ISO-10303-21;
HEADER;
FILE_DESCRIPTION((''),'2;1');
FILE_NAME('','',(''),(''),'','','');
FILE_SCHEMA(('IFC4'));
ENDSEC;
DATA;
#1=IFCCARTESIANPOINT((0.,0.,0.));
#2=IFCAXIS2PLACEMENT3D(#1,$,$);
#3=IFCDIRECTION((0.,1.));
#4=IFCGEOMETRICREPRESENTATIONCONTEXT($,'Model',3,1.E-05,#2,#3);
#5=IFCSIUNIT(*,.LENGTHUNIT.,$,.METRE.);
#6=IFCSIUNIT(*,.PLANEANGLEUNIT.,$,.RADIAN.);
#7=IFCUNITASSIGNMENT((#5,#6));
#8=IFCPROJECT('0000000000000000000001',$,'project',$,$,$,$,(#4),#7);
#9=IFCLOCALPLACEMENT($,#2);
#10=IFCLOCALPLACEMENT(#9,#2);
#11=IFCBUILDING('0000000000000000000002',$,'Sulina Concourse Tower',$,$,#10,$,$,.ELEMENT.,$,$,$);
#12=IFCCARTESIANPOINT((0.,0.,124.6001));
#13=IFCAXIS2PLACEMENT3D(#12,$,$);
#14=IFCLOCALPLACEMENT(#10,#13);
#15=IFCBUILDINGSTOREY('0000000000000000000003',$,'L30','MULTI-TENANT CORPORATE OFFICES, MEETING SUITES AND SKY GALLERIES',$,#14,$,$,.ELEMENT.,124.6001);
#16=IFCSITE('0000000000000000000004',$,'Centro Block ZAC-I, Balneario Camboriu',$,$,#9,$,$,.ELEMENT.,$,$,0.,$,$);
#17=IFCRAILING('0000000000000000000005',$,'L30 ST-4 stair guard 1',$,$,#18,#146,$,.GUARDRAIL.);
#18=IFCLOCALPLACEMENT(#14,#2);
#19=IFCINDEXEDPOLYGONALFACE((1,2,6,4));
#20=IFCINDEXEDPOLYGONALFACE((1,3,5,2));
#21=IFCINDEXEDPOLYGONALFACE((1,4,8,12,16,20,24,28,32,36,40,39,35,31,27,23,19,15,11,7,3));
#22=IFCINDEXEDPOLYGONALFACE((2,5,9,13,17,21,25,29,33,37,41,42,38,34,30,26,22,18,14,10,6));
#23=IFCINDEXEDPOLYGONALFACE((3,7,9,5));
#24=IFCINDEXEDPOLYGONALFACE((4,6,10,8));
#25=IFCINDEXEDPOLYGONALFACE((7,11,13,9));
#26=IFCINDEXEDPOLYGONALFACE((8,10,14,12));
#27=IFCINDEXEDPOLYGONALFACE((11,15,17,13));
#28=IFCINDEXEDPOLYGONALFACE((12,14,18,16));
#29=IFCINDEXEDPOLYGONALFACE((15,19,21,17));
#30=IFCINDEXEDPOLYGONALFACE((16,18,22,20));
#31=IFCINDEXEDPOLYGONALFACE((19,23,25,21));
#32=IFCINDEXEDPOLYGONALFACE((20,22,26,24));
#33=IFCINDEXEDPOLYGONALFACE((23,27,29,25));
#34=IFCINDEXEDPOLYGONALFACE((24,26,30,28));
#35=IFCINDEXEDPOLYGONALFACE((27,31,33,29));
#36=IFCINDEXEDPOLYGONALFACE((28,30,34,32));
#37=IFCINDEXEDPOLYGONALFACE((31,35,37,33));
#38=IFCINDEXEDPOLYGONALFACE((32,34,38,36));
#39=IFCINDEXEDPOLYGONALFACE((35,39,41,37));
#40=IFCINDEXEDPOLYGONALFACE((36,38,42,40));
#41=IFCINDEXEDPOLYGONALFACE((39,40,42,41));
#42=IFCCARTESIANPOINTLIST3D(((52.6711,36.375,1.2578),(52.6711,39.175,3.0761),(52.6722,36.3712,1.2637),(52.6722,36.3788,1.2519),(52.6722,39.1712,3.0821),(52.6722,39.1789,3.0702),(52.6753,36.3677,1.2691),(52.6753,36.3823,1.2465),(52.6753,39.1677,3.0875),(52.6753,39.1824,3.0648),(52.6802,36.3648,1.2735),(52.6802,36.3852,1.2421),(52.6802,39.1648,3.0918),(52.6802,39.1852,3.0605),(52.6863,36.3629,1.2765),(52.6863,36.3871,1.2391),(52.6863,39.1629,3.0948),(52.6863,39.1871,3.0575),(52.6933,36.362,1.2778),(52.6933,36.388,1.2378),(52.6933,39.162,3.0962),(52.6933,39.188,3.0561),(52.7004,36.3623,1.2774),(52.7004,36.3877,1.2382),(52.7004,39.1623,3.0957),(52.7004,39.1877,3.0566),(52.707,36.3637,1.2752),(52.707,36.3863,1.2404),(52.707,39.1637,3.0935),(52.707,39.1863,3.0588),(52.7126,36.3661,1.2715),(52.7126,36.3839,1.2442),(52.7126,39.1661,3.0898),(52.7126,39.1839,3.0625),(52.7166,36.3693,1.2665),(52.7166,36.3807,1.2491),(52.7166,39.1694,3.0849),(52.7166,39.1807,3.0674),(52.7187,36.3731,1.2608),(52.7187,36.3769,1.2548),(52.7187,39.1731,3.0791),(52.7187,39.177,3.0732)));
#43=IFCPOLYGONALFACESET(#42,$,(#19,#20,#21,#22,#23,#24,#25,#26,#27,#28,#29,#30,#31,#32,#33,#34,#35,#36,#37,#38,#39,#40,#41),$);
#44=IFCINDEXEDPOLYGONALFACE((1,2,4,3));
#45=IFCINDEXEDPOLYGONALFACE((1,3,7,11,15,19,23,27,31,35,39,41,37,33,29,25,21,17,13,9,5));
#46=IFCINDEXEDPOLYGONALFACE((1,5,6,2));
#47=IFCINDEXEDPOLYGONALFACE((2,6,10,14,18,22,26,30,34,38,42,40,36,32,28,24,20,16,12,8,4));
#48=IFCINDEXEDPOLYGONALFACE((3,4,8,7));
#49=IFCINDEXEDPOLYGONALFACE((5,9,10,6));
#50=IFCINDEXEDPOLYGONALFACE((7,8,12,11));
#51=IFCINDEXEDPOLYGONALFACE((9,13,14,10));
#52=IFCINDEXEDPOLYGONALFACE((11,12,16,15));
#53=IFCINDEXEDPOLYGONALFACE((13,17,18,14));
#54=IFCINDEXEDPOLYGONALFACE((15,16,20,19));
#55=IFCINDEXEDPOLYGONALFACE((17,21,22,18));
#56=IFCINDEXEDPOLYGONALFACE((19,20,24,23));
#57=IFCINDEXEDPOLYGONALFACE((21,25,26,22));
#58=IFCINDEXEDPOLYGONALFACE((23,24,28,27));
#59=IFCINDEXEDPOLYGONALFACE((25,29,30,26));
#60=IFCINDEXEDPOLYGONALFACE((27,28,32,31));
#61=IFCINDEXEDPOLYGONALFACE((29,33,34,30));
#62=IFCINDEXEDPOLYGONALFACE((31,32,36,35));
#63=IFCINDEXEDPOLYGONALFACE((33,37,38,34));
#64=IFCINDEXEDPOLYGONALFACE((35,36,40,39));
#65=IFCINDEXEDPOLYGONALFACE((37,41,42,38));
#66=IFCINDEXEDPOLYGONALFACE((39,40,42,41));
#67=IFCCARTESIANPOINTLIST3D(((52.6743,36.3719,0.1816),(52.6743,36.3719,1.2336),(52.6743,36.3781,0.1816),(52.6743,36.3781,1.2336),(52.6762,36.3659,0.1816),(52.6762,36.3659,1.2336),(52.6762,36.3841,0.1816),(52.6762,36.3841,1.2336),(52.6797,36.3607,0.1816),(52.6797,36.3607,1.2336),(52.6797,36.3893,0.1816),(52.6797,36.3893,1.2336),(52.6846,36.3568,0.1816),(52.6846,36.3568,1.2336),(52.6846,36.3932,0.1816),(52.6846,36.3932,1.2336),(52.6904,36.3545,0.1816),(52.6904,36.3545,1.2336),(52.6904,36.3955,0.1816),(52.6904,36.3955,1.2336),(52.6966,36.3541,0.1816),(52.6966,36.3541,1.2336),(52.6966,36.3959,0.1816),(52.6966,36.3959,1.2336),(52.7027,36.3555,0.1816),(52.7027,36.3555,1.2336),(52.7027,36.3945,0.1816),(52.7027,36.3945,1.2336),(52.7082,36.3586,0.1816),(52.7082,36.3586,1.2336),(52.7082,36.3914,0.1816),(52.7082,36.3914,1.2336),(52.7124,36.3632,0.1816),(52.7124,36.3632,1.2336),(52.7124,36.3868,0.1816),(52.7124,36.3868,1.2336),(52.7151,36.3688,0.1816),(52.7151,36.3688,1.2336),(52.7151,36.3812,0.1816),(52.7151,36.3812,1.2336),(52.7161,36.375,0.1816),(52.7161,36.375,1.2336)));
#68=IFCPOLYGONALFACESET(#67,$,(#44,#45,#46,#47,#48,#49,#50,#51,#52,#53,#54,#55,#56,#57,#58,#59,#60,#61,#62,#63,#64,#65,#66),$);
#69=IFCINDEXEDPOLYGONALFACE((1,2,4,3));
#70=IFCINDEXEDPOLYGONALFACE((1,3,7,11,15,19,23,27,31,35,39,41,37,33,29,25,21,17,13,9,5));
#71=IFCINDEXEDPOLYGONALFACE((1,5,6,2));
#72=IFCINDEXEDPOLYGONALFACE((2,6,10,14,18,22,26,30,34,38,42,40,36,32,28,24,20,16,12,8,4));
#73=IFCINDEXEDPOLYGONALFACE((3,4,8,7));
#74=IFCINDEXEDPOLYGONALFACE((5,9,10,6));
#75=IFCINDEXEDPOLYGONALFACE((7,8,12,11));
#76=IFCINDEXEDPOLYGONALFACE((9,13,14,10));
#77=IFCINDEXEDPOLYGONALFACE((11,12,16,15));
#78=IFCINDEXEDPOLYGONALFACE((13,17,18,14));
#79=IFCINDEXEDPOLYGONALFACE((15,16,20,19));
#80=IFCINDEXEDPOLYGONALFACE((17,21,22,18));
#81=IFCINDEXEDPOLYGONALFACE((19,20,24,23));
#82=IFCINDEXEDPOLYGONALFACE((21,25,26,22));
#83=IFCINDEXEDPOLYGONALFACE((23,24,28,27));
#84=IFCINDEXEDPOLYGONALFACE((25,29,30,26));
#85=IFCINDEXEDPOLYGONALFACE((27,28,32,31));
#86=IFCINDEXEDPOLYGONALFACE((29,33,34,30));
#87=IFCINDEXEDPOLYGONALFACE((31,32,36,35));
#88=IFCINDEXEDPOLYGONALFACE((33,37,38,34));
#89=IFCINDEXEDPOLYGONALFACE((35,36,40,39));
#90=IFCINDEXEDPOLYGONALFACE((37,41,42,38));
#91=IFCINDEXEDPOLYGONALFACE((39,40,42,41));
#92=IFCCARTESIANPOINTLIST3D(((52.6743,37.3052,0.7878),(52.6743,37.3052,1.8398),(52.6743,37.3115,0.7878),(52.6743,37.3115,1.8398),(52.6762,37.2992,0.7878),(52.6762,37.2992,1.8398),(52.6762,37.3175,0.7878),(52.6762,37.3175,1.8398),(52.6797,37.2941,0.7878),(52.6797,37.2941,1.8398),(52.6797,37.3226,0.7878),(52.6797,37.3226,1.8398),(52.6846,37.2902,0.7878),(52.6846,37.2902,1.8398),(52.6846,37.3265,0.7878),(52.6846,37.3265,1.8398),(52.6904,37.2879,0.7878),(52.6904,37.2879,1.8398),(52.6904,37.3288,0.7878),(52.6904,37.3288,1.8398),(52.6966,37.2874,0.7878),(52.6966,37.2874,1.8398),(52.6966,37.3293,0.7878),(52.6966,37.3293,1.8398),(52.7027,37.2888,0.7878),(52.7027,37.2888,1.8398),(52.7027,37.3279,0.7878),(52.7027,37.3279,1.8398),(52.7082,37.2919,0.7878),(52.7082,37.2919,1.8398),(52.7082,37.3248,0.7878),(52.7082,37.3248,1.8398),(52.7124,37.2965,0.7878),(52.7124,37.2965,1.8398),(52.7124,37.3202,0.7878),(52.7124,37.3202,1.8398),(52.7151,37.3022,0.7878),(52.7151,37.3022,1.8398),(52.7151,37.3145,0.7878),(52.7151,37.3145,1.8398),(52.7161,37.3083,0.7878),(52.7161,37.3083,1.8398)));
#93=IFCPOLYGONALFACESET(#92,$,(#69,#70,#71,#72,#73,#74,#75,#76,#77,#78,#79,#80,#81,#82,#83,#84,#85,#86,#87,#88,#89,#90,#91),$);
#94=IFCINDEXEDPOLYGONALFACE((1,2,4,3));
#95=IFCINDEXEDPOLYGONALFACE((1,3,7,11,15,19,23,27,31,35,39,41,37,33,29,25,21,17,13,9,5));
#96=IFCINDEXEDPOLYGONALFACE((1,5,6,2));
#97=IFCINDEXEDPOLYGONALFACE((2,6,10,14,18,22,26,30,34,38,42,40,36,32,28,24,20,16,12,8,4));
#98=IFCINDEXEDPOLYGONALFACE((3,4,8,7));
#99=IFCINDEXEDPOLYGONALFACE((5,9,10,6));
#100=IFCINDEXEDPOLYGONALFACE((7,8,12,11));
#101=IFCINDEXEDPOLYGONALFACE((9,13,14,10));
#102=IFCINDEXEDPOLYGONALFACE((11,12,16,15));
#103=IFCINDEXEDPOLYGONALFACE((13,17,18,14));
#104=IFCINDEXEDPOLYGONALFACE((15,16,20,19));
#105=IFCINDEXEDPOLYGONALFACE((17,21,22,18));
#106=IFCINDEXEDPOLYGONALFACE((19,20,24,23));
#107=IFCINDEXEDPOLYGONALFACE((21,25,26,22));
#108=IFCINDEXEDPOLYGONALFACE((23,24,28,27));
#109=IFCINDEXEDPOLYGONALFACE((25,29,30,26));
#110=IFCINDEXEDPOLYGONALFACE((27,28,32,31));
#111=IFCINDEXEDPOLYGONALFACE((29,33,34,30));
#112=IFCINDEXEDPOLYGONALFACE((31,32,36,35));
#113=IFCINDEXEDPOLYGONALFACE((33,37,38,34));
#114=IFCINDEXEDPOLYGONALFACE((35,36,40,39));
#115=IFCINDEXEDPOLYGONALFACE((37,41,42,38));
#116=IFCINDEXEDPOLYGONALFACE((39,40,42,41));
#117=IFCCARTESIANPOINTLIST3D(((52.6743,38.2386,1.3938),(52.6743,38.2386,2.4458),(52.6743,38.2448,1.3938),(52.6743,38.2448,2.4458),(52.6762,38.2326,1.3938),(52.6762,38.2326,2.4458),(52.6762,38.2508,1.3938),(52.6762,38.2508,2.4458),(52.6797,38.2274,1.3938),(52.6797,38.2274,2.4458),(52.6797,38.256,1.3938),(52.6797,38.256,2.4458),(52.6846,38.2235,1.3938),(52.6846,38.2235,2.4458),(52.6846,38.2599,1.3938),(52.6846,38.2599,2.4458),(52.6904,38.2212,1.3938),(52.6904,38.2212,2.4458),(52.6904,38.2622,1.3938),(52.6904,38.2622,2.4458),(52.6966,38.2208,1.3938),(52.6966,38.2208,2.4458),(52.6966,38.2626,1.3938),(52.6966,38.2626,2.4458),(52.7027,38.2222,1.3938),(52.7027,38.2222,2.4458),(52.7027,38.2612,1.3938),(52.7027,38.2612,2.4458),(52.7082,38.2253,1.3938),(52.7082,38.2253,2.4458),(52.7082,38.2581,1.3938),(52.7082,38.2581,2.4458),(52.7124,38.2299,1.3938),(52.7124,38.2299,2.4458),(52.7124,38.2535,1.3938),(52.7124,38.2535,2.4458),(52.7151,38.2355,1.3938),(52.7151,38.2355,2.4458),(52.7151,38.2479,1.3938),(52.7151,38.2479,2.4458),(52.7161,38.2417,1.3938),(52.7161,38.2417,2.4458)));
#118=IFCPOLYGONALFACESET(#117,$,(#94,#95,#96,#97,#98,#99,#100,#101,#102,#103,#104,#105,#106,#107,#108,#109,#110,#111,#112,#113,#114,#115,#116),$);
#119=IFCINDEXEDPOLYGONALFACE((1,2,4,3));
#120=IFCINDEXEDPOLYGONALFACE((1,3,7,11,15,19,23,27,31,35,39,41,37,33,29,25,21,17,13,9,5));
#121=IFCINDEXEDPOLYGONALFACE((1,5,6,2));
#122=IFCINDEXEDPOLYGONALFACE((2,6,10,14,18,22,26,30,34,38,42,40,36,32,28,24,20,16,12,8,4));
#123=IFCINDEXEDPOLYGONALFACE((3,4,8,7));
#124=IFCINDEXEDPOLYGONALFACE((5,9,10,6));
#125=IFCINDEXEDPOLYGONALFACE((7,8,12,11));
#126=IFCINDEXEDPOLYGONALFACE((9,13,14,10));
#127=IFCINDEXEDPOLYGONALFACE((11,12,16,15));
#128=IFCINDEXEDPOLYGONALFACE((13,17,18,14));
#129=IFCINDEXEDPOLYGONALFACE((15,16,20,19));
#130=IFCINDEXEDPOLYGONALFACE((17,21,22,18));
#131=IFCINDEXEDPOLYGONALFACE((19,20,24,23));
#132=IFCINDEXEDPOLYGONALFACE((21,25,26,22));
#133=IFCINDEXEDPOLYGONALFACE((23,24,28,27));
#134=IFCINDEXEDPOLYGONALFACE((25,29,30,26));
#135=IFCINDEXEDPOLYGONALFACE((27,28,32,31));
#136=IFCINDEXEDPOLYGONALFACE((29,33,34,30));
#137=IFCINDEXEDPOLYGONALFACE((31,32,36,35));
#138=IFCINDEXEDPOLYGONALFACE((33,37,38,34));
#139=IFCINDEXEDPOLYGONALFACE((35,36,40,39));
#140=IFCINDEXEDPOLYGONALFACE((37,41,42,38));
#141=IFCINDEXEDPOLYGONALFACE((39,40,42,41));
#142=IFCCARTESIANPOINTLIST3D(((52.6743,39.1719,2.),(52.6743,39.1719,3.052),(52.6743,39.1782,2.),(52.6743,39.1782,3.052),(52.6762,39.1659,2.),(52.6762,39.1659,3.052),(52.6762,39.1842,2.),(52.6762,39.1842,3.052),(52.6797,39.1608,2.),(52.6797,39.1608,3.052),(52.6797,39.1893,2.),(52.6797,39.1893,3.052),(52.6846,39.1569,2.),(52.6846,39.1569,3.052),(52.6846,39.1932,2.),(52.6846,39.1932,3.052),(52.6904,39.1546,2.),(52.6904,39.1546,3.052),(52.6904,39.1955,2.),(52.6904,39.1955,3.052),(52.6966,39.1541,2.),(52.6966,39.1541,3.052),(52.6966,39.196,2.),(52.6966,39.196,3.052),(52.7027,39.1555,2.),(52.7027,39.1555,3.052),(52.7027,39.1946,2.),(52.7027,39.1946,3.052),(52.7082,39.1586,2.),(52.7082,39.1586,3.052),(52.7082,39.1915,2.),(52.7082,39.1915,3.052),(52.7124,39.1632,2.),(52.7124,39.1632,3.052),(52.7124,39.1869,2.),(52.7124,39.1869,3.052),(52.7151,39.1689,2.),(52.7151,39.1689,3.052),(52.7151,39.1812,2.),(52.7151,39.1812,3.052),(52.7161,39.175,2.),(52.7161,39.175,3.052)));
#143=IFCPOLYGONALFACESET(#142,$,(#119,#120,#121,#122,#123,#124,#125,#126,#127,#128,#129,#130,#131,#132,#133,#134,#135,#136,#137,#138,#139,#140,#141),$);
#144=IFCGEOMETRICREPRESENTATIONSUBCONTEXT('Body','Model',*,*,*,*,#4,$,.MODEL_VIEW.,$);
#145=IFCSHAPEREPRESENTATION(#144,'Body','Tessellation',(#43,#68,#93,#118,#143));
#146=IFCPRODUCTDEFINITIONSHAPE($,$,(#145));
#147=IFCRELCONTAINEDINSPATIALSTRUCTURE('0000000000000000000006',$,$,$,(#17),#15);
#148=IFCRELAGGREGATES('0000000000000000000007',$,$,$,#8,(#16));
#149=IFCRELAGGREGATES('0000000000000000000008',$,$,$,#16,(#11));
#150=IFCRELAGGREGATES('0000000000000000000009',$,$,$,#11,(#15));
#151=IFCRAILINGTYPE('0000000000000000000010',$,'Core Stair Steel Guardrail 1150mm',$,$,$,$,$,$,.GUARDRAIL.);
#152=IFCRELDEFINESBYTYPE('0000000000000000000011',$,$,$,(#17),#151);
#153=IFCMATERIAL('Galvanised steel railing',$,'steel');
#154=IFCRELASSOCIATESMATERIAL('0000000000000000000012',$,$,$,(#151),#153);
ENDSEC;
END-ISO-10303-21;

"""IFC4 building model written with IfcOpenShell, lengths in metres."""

from ifc_helpers import new_model, si_unit, direction, frame, origin, origin_2d, place, context, subcontext, project, spatial, circle, extrude, material, type_object, element, save


model = new_model("IFC4")

# Units and contexts
model_context = context("Model", 3, precision=1e-05, world=origin(), true_north=direction((0.0, 1.0)))
body_context = subcontext(model_context, "Body", "Model", "MODEL_VIEW")
ifc_project = project(units=[si_unit("LENGTHUNIT", "METRE"), si_unit("PLANEANGLEUNIT", "RADIAN")], contexts=[model_context])

# Site, building, storey
site_placement = place(None, origin())
site = spatial("IfcSite", under=ifc_project, at=site_placement, Name="Centro Block ZAC-I, Balneario Camboriu", CompositionType="ELEMENT", RefElevation=0.0)
building_placement = place(site_placement, origin())
building = spatial("IfcBuilding", under=site, at=building_placement, Name="Sulina Concourse Tower", CompositionType="ELEMENT")
storey_placement = place(building_placement, frame((0.0, 0.0, 124.6001)))
storey = spatial("IfcBuildingStorey", under=building, at=storey_placement, Name="L30", Description="MULTI-TENANT CORPORATE OFFICES, MEETING SUITES AND SKY GALLERIES", CompositionType="ELEMENT", Elevation=124.6001)

# Railing
ifc_material_1 = material(Name="Galvanised steel railing", Category="steel")
railing_type_1 = type_object("IfcRailingType", Name="Core Stair Steel Guardrail 1150mm", PredefinedType="GUARDRAIL", material=ifc_material_1)
railing_1_placement = place(storey_placement, frame((52.6951, 36.375, 0.1816)))
element("IfcRailing", 1, at=railing_1_placement, inside=storey, type_object=railing_type_1, Name="L30 ST-4 stair guard 1", PredefinedType="GUARDRAIL", context=body_context, shape_type="SweptSolid", body=[
    extrude(circle(Radius=0.0239, at=origin_2d()), frame((0.0, 0.0, 1.0762), z_axis=(0.0, 0.838672, 0.544636), x_axis=(-1.0, 0.0, 0.0)), (0.0, 0.0, 1.0), 3.3386),
    extrude(circle(Radius=0.021, at=origin_2d()), origin(), (0.0, 0.0, 1.0), 1.052),
    extrude(circle(Radius=0.021, at=origin_2d()), frame((0.0, 0.9333, 0.6062)), (0.0, 0.0, 1.0), 1.052),
    extrude(circle(Radius=0.021, at=origin_2d()), frame((0.0, 1.8667, 1.2122)), (0.0, 0.0, 1.0), 1.052),
    extrude(circle(Radius=0.021, at=origin_2d()), frame((0.0, 2.8, 1.8184)), (0.0, 0.0, 1.0), 1.052),
])

save(model, "model.ifc")
